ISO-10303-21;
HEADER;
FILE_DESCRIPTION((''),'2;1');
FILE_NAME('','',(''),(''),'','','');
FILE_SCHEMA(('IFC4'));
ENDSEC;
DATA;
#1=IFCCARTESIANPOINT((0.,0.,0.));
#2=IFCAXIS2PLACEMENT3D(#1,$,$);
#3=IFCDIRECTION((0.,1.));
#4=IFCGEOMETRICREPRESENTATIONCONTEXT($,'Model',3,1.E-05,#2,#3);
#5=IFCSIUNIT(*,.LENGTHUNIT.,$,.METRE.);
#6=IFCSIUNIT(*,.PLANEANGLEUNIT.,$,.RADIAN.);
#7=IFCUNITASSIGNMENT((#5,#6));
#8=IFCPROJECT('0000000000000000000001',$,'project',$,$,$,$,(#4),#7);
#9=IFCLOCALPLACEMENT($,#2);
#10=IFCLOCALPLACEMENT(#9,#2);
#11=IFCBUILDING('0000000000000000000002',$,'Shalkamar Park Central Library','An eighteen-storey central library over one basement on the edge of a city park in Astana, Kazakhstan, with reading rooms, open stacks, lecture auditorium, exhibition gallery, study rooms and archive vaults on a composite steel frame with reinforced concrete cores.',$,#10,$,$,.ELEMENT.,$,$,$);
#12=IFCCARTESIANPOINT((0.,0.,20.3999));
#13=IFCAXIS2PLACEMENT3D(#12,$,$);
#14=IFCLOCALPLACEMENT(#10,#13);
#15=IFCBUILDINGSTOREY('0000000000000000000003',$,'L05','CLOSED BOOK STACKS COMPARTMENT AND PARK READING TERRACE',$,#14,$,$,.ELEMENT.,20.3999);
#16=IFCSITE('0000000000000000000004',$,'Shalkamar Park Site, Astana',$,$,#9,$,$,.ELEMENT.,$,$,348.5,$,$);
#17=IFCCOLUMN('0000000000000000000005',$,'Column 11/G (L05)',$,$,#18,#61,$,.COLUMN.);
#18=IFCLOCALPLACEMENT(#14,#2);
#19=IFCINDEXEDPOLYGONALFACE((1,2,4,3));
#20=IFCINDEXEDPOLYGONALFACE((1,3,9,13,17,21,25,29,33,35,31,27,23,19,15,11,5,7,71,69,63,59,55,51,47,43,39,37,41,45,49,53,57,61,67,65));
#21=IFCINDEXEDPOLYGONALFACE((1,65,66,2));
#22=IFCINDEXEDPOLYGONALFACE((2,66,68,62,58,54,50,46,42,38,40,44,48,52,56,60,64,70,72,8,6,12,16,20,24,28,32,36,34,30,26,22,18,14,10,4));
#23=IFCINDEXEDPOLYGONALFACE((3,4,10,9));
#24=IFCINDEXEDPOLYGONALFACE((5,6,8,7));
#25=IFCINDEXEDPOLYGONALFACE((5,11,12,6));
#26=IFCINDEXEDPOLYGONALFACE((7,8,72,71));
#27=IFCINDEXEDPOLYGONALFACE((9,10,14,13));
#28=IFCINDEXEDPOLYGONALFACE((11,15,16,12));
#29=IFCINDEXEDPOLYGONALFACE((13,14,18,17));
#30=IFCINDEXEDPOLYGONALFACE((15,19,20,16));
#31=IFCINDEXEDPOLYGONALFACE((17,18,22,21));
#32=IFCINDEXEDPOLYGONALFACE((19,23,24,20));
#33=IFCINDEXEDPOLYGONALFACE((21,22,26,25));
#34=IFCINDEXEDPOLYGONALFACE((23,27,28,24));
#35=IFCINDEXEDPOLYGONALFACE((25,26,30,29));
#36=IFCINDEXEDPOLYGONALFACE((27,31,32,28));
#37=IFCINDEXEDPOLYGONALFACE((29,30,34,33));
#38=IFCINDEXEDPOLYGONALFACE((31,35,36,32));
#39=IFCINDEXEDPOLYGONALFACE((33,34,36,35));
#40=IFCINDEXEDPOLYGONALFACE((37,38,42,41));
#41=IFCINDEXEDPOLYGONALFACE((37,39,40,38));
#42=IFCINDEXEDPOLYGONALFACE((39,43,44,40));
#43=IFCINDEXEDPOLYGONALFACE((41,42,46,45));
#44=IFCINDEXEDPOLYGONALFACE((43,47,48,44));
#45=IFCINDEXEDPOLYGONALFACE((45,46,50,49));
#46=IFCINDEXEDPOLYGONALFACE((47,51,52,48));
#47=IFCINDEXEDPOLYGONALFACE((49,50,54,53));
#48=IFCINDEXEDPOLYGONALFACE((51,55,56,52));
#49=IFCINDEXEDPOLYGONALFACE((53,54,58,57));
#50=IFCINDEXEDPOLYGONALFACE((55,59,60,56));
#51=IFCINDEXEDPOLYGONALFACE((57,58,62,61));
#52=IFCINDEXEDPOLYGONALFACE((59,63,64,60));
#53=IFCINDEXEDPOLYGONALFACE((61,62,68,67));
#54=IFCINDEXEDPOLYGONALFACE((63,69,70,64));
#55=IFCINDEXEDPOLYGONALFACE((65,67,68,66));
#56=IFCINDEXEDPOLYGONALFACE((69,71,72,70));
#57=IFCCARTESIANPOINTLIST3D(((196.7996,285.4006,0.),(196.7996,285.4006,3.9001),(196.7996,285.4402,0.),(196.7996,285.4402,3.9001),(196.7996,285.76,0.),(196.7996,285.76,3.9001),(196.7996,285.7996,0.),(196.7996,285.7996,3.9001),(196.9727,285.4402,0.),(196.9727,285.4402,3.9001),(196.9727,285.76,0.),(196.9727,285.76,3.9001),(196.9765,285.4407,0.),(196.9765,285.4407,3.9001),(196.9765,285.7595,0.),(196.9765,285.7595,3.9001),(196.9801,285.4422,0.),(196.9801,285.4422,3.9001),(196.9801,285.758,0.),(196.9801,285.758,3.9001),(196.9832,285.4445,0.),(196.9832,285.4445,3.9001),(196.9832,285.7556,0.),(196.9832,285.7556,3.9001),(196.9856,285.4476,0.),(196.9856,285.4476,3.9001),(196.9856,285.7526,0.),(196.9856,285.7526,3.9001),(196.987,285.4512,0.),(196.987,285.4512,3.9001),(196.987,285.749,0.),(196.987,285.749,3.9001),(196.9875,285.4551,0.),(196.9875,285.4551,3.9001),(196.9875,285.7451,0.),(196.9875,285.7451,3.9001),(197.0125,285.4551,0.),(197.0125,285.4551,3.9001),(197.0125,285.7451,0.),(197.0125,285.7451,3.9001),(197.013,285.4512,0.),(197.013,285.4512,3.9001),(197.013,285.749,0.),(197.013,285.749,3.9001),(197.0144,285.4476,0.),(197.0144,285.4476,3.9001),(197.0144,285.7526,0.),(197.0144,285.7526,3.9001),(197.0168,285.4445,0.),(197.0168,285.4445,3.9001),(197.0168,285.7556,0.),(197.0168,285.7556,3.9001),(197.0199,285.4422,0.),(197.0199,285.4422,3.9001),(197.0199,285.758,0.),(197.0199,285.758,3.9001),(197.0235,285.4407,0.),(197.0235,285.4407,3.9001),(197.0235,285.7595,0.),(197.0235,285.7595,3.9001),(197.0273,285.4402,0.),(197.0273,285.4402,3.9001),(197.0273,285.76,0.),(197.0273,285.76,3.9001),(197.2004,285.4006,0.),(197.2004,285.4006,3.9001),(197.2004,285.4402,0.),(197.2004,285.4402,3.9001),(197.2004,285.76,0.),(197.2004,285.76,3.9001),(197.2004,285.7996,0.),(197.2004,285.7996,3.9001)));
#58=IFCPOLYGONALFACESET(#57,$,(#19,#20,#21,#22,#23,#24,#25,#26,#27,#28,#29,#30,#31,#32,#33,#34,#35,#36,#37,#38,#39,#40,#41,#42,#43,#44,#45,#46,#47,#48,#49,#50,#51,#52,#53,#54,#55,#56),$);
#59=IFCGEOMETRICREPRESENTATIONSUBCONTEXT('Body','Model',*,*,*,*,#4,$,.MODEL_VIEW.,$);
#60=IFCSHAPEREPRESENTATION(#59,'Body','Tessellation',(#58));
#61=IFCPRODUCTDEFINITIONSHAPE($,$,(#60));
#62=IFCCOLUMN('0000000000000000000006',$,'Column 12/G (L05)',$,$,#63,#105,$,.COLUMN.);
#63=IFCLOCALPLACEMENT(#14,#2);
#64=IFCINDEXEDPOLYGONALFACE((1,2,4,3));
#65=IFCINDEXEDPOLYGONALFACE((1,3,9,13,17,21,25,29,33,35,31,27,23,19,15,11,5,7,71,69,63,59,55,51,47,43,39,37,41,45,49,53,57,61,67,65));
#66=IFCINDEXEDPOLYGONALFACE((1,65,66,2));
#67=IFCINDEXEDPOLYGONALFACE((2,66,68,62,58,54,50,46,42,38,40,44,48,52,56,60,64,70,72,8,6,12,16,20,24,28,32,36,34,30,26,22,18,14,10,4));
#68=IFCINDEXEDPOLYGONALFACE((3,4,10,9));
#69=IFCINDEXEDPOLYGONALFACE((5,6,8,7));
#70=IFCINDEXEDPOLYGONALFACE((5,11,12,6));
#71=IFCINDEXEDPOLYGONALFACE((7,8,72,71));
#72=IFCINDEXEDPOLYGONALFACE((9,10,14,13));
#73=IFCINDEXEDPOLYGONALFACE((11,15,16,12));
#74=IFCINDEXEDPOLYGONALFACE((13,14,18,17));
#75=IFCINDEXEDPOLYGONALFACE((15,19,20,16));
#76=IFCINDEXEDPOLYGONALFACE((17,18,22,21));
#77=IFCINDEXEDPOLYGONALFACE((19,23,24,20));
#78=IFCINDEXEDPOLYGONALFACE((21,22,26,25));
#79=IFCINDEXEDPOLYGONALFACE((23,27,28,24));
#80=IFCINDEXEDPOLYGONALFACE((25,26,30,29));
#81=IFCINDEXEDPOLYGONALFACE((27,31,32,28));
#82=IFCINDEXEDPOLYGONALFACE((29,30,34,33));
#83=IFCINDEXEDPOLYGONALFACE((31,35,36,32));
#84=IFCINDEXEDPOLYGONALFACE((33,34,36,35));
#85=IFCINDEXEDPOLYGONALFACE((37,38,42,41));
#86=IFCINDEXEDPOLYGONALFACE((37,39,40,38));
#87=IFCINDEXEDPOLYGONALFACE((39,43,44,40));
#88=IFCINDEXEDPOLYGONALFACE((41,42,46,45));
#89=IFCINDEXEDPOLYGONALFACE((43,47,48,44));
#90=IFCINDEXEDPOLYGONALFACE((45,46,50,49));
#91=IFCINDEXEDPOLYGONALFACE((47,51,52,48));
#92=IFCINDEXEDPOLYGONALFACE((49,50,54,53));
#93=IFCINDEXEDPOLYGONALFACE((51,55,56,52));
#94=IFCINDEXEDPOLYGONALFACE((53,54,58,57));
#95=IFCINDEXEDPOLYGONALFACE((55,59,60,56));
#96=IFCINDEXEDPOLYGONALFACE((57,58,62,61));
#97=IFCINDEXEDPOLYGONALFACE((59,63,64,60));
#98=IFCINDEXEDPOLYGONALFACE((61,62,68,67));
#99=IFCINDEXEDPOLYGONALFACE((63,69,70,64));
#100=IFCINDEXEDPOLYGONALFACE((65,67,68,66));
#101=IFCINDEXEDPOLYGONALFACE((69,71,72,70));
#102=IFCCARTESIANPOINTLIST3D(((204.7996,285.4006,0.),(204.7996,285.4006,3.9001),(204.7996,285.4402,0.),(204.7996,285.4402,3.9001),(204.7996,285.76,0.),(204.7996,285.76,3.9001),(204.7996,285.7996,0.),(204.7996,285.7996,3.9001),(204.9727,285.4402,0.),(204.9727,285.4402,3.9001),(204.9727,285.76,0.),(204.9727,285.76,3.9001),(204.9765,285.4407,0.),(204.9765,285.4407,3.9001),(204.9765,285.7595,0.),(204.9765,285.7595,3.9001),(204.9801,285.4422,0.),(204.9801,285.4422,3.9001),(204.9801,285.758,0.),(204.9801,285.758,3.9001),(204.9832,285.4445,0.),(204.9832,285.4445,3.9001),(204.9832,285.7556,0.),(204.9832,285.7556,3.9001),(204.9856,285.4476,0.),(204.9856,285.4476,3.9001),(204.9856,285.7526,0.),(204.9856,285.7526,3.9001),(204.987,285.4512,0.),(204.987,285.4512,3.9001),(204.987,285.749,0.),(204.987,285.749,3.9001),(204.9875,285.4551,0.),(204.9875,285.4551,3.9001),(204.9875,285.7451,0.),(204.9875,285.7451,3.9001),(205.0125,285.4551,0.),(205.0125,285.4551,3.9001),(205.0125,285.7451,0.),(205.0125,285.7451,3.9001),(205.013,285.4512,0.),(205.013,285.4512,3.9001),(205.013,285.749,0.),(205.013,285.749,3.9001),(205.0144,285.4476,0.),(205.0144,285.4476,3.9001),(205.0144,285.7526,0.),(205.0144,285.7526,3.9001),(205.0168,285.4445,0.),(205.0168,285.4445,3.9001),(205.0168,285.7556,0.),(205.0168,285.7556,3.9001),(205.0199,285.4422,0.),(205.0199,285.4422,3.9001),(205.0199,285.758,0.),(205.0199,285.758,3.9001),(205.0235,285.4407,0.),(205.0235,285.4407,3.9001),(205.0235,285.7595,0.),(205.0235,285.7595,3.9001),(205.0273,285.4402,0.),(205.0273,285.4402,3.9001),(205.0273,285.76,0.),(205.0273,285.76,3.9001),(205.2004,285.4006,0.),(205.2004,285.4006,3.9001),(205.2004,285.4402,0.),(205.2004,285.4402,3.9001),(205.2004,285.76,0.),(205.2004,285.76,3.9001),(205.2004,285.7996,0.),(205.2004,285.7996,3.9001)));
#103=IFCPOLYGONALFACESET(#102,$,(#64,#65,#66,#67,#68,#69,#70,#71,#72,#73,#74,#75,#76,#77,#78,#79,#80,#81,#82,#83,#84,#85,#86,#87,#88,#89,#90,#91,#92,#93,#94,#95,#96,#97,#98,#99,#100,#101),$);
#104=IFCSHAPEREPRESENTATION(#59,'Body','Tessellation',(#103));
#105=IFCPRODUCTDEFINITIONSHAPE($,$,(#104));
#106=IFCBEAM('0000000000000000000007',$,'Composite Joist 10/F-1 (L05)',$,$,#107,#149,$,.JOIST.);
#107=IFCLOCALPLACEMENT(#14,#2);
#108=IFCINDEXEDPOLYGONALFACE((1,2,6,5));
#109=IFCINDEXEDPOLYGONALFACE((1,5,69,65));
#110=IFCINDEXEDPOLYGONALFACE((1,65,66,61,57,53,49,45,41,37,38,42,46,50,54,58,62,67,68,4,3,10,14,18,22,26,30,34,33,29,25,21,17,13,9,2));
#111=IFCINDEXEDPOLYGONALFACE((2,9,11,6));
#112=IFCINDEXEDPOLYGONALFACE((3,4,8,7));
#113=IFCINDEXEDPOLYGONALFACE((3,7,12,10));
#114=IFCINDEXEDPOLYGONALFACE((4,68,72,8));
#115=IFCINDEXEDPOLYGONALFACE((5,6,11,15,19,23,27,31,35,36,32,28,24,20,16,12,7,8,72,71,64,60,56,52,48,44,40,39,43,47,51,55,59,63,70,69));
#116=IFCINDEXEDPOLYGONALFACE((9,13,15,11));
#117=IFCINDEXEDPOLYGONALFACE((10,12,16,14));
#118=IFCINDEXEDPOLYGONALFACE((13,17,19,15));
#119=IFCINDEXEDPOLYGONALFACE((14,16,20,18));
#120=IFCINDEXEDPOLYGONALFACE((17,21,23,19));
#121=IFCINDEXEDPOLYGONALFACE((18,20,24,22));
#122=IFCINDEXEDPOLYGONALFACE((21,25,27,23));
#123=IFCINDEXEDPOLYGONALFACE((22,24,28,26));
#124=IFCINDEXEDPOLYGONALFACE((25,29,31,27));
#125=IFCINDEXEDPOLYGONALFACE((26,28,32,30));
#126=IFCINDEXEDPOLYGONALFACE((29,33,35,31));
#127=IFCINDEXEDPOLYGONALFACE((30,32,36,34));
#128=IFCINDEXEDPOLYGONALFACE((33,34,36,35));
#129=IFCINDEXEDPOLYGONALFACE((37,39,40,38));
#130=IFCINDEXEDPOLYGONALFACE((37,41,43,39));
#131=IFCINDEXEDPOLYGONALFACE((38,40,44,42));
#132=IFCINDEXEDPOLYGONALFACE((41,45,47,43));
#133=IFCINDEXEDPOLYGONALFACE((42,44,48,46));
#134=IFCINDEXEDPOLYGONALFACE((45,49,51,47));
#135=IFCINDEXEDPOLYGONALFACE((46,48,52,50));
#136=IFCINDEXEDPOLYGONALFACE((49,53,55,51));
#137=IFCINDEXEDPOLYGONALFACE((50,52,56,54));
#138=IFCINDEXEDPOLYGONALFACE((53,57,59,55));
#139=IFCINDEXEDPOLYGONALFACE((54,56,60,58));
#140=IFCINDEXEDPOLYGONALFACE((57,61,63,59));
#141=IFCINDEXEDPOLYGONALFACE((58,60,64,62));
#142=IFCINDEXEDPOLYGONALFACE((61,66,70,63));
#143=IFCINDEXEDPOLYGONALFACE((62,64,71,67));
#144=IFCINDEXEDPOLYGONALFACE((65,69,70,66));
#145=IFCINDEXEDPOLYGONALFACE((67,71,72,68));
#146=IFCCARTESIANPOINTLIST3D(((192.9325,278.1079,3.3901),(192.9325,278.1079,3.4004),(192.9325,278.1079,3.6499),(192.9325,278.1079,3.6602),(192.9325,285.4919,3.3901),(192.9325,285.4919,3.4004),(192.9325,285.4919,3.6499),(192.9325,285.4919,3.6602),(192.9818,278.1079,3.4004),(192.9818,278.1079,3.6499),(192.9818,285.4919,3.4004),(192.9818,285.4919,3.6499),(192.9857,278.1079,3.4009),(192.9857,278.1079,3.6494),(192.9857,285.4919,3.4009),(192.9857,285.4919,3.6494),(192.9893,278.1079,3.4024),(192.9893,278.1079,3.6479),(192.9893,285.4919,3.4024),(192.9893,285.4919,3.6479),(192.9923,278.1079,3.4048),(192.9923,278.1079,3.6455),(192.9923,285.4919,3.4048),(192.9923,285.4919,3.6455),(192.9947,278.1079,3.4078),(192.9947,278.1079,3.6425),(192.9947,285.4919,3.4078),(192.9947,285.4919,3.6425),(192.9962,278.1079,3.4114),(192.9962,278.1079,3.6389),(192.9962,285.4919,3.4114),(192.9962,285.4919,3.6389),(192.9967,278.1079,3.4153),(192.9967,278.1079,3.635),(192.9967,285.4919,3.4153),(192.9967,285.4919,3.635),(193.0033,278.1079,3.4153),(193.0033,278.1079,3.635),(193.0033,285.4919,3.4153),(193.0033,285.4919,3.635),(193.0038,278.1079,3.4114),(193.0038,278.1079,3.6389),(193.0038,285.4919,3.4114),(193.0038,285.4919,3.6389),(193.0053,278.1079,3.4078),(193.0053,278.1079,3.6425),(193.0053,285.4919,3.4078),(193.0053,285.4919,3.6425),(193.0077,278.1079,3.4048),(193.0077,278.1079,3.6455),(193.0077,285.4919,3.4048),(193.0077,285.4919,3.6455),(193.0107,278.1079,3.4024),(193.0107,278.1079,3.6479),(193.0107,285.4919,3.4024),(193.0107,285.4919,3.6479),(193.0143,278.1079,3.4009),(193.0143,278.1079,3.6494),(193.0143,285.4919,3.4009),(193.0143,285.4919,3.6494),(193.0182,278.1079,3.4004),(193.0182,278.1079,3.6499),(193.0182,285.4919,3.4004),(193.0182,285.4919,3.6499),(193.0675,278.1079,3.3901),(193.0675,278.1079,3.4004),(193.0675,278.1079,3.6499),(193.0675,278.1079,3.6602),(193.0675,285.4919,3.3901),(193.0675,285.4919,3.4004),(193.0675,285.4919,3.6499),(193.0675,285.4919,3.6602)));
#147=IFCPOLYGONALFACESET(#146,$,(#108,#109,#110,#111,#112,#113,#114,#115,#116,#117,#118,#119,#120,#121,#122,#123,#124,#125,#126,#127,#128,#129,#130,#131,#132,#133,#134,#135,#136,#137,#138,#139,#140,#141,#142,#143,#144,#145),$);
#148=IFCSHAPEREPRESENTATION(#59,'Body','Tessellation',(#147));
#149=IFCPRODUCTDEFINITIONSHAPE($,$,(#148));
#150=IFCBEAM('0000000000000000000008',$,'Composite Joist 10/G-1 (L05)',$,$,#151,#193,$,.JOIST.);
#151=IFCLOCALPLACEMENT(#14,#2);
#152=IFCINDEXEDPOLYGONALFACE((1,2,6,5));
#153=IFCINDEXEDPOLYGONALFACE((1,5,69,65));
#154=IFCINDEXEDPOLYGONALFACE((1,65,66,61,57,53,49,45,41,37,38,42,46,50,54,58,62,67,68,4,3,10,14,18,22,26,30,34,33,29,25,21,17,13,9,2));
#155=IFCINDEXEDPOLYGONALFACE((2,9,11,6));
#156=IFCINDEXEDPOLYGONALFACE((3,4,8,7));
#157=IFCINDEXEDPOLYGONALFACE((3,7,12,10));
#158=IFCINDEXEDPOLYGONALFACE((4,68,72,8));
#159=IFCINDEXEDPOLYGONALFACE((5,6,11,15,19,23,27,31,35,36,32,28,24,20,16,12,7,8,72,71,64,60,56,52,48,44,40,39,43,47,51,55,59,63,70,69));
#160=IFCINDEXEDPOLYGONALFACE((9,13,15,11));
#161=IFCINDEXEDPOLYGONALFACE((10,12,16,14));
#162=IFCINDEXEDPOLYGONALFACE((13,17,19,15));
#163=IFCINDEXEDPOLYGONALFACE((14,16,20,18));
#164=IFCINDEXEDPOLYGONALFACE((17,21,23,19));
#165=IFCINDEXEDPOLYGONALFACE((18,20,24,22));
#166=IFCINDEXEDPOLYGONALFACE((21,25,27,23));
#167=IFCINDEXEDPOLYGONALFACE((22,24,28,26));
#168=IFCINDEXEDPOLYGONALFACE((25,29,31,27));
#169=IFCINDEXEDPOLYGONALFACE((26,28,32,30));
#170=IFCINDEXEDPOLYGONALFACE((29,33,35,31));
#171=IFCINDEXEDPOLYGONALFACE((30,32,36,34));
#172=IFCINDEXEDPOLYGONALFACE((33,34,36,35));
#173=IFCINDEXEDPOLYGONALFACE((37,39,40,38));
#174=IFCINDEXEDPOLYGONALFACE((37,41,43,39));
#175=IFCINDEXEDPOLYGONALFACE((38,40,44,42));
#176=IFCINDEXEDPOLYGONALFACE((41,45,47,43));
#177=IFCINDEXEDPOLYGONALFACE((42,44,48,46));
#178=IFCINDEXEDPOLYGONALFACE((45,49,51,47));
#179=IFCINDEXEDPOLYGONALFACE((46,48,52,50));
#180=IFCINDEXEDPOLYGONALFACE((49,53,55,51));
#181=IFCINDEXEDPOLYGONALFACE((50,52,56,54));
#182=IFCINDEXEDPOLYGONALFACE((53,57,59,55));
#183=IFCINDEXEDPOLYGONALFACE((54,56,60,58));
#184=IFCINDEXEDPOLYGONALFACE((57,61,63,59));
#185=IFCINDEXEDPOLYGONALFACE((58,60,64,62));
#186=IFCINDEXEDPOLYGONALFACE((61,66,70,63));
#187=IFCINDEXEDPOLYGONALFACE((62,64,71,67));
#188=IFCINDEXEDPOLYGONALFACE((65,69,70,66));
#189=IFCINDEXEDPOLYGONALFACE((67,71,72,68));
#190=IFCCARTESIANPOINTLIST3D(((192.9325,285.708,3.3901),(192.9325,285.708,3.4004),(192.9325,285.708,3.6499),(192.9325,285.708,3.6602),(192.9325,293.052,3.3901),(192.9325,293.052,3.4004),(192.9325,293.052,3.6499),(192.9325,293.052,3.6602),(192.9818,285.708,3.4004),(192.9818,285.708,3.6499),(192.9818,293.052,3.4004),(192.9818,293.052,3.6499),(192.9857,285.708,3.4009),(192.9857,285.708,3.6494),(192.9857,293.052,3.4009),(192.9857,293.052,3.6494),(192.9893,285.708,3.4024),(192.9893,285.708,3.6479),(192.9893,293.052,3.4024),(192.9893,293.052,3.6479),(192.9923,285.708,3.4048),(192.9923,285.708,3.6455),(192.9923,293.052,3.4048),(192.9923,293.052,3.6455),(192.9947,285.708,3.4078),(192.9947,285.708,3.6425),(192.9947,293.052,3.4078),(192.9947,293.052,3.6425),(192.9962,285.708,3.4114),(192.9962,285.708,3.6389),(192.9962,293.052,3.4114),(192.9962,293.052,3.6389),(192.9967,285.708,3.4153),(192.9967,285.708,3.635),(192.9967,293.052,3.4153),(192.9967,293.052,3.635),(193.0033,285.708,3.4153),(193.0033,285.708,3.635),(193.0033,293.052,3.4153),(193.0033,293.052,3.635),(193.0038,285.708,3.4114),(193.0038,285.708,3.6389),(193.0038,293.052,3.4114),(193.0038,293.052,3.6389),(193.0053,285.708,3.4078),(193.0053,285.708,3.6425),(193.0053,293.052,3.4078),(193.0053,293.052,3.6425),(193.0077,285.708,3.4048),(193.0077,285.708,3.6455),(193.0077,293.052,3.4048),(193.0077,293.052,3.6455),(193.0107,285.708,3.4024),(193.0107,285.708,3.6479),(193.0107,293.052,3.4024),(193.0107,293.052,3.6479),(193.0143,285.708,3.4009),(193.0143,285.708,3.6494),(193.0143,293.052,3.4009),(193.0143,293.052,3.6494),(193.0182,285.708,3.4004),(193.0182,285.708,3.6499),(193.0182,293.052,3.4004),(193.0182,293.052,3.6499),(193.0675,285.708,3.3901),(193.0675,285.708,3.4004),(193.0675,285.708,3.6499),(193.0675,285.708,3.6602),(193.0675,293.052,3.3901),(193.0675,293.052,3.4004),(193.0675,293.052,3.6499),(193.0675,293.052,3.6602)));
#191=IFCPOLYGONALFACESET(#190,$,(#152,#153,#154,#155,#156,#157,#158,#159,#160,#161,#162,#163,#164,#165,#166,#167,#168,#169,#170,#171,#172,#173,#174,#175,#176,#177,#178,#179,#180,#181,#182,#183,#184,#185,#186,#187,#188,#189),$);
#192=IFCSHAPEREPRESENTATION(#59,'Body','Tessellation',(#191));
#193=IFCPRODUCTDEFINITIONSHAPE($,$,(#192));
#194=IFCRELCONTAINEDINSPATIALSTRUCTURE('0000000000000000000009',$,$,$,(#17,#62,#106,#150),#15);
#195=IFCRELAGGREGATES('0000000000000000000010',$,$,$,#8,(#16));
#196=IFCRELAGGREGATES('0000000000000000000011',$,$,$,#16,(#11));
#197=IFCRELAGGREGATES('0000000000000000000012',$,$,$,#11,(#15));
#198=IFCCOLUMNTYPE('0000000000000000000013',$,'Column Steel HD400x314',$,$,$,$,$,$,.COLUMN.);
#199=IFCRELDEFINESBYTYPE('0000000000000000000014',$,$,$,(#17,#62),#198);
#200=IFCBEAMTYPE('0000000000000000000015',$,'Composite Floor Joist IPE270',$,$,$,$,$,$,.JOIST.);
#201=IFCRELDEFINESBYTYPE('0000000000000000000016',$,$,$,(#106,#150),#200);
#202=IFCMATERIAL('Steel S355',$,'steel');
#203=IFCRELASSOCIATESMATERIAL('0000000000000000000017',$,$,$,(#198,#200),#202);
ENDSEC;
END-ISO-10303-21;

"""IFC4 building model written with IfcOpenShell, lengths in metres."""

from ifc_helpers import new_model, si_unit, direction, frame, origin, origin_2d, place, context, subcontext, project, spatial, i_section, extrude, material, material_profile, profile_set, type_object, element, save


model = new_model("IFC4")

# Units and contexts
model_context = context("Model", 3, precision=1e-05, world=origin(), true_north=direction((0.0, 1.0)))
body_context = subcontext(model_context, "Body", "Model", "MODEL_VIEW")
ifc_project = project(units=[si_unit("LENGTHUNIT", "METRE"), si_unit("PLANEANGLEUNIT", "RADIAN")], contexts=[model_context])

# Site, building, storey
site_placement = place(None, origin())
site = spatial("IfcSite", under=ifc_project, at=site_placement, Name="Shalkamar Park Site, Astana", CompositionType="ELEMENT", RefElevation=348.5)
building_placement = place(site_placement, origin())
building = spatial("IfcBuilding", under=site, at=building_placement, Name="Shalkamar Park Central Library", Description="An eighteen-storey central library over one basement on the edge of a city park in Astana, Kazakhstan, with reading rooms, open stacks, lecture auditorium, exhibition gallery, study rooms and archive vaults on a composite steel frame with reinforced concrete cores.", CompositionType="ELEMENT")
storey_placement = place(building_placement, frame((0.0, 0.0, 20.3999)))
storey = spatial("IfcBuildingStorey", under=building, at=storey_placement, Name="L05", Description="CLOSED BOOK STACKS COMPARTMENT AND PARK READING TERRACE", CompositionType="ELEMENT", Elevation=20.3999)

# Columns
ifc_material_1 = material(Name="Steel S355", Category="steel")
ifc_material_profile_1 = material_profile(ifc_material_1, i_section(OverallWidth=0.4009, OverallDepth=0.3989, WebThickness=0.0249, FlangeThickness=0.0396, FilletRadius=0.0149, at=origin_2d()), Name="HD 400x314")
ifc_profile_set_1 = profile_set([ifc_material_profile_1], Name="Steel S355")
column_type = type_object("IfcColumnType", Name="Column Steel HD400x314", PredefinedType="COLUMN", material=ifc_profile_set_1)
for number, where, z_axis, x_axis, name in (
    (1, (197.0, 285.6001, 0.0), (0.0, 0.0, 1.0), (1.0, 0.0, 0.0), "Column 11/G (L05)"),
    (2, (205.0, 285.6001, 0.0), (0.0, 0.0, 1.0), (1.0, 0.0, 0.0), "Column 12/G (L05)"),
):
    element("IfcColumn", number, at=place(storey_placement, frame(where, z_axis=z_axis, x_axis=x_axis)), inside=storey, type_object=column_type, Name=name, PredefinedType="COLUMN", context=body_context, shape_type="SweptSolid", body=[
        extrude(i_section(OverallWidth=0.4009, OverallDepth=0.3989, WebThickness=0.0249, FlangeThickness=0.0396, FilletRadius=0.0149, at=origin_2d()), origin(), (0.0, 0.0, 1.0), 3.9001),
    ])

# Beams
ifc_material_profile_2 = material_profile(ifc_material_1, i_section(OverallWidth=0.135, OverallDepth=0.27, WebThickness=0.0066, FlangeThickness=0.0103, FilletRadius=0.0149, at=origin_2d()), Name="IPE 270")
ifc_profile_set_2 = profile_set([ifc_material_profile_2], Name="Steel S355")
beam_type_1 = type_object("IfcBeamType", Name="Composite Floor Joist IPE270", PredefinedType="JOIST", material=ifc_profile_set_2)
beam_1_placement = place(storey_placement, frame((193.0, 278.1079, 3.5251), z_axis=(0.0, 1.0, 0.0), x_axis=(-1.0, 0.0, 0.0)))
element("IfcBeam", 3, at=beam_1_placement, inside=storey, type_object=beam_type_1, Name="Composite Joist 10/F-1 (L05)", PredefinedType="JOIST", context=body_context, shape_type="SweptSolid", body=[
    extrude(i_section(OverallWidth=0.135, OverallDepth=0.27, WebThickness=0.0066, FlangeThickness=0.0103, FilletRadius=0.0149, at=origin_2d()), origin(), (0.0, 0.0, 1.0), 7.384),
])
beam_2_placement = place(storey_placement, frame((193.0, 285.708, 3.5251), z_axis=(0.0, 1.0, 0.0), x_axis=(-1.0, 0.0, 0.0)))
element("IfcBeam", 4, at=beam_2_placement, inside=storey, type_object=beam_type_1, Name="Composite Joist 10/G-1 (L05)", PredefinedType="JOIST", context=body_context, shape_type="SweptSolid", body=[
    extrude(i_section(OverallWidth=0.135, OverallDepth=0.27, WebThickness=0.0066, FlangeThickness=0.0103, FilletRadius=0.0149, at=origin_2d()), origin(), (0.0, 0.0, 1.0), 7.344),
])

save(model, "model.ifc")
